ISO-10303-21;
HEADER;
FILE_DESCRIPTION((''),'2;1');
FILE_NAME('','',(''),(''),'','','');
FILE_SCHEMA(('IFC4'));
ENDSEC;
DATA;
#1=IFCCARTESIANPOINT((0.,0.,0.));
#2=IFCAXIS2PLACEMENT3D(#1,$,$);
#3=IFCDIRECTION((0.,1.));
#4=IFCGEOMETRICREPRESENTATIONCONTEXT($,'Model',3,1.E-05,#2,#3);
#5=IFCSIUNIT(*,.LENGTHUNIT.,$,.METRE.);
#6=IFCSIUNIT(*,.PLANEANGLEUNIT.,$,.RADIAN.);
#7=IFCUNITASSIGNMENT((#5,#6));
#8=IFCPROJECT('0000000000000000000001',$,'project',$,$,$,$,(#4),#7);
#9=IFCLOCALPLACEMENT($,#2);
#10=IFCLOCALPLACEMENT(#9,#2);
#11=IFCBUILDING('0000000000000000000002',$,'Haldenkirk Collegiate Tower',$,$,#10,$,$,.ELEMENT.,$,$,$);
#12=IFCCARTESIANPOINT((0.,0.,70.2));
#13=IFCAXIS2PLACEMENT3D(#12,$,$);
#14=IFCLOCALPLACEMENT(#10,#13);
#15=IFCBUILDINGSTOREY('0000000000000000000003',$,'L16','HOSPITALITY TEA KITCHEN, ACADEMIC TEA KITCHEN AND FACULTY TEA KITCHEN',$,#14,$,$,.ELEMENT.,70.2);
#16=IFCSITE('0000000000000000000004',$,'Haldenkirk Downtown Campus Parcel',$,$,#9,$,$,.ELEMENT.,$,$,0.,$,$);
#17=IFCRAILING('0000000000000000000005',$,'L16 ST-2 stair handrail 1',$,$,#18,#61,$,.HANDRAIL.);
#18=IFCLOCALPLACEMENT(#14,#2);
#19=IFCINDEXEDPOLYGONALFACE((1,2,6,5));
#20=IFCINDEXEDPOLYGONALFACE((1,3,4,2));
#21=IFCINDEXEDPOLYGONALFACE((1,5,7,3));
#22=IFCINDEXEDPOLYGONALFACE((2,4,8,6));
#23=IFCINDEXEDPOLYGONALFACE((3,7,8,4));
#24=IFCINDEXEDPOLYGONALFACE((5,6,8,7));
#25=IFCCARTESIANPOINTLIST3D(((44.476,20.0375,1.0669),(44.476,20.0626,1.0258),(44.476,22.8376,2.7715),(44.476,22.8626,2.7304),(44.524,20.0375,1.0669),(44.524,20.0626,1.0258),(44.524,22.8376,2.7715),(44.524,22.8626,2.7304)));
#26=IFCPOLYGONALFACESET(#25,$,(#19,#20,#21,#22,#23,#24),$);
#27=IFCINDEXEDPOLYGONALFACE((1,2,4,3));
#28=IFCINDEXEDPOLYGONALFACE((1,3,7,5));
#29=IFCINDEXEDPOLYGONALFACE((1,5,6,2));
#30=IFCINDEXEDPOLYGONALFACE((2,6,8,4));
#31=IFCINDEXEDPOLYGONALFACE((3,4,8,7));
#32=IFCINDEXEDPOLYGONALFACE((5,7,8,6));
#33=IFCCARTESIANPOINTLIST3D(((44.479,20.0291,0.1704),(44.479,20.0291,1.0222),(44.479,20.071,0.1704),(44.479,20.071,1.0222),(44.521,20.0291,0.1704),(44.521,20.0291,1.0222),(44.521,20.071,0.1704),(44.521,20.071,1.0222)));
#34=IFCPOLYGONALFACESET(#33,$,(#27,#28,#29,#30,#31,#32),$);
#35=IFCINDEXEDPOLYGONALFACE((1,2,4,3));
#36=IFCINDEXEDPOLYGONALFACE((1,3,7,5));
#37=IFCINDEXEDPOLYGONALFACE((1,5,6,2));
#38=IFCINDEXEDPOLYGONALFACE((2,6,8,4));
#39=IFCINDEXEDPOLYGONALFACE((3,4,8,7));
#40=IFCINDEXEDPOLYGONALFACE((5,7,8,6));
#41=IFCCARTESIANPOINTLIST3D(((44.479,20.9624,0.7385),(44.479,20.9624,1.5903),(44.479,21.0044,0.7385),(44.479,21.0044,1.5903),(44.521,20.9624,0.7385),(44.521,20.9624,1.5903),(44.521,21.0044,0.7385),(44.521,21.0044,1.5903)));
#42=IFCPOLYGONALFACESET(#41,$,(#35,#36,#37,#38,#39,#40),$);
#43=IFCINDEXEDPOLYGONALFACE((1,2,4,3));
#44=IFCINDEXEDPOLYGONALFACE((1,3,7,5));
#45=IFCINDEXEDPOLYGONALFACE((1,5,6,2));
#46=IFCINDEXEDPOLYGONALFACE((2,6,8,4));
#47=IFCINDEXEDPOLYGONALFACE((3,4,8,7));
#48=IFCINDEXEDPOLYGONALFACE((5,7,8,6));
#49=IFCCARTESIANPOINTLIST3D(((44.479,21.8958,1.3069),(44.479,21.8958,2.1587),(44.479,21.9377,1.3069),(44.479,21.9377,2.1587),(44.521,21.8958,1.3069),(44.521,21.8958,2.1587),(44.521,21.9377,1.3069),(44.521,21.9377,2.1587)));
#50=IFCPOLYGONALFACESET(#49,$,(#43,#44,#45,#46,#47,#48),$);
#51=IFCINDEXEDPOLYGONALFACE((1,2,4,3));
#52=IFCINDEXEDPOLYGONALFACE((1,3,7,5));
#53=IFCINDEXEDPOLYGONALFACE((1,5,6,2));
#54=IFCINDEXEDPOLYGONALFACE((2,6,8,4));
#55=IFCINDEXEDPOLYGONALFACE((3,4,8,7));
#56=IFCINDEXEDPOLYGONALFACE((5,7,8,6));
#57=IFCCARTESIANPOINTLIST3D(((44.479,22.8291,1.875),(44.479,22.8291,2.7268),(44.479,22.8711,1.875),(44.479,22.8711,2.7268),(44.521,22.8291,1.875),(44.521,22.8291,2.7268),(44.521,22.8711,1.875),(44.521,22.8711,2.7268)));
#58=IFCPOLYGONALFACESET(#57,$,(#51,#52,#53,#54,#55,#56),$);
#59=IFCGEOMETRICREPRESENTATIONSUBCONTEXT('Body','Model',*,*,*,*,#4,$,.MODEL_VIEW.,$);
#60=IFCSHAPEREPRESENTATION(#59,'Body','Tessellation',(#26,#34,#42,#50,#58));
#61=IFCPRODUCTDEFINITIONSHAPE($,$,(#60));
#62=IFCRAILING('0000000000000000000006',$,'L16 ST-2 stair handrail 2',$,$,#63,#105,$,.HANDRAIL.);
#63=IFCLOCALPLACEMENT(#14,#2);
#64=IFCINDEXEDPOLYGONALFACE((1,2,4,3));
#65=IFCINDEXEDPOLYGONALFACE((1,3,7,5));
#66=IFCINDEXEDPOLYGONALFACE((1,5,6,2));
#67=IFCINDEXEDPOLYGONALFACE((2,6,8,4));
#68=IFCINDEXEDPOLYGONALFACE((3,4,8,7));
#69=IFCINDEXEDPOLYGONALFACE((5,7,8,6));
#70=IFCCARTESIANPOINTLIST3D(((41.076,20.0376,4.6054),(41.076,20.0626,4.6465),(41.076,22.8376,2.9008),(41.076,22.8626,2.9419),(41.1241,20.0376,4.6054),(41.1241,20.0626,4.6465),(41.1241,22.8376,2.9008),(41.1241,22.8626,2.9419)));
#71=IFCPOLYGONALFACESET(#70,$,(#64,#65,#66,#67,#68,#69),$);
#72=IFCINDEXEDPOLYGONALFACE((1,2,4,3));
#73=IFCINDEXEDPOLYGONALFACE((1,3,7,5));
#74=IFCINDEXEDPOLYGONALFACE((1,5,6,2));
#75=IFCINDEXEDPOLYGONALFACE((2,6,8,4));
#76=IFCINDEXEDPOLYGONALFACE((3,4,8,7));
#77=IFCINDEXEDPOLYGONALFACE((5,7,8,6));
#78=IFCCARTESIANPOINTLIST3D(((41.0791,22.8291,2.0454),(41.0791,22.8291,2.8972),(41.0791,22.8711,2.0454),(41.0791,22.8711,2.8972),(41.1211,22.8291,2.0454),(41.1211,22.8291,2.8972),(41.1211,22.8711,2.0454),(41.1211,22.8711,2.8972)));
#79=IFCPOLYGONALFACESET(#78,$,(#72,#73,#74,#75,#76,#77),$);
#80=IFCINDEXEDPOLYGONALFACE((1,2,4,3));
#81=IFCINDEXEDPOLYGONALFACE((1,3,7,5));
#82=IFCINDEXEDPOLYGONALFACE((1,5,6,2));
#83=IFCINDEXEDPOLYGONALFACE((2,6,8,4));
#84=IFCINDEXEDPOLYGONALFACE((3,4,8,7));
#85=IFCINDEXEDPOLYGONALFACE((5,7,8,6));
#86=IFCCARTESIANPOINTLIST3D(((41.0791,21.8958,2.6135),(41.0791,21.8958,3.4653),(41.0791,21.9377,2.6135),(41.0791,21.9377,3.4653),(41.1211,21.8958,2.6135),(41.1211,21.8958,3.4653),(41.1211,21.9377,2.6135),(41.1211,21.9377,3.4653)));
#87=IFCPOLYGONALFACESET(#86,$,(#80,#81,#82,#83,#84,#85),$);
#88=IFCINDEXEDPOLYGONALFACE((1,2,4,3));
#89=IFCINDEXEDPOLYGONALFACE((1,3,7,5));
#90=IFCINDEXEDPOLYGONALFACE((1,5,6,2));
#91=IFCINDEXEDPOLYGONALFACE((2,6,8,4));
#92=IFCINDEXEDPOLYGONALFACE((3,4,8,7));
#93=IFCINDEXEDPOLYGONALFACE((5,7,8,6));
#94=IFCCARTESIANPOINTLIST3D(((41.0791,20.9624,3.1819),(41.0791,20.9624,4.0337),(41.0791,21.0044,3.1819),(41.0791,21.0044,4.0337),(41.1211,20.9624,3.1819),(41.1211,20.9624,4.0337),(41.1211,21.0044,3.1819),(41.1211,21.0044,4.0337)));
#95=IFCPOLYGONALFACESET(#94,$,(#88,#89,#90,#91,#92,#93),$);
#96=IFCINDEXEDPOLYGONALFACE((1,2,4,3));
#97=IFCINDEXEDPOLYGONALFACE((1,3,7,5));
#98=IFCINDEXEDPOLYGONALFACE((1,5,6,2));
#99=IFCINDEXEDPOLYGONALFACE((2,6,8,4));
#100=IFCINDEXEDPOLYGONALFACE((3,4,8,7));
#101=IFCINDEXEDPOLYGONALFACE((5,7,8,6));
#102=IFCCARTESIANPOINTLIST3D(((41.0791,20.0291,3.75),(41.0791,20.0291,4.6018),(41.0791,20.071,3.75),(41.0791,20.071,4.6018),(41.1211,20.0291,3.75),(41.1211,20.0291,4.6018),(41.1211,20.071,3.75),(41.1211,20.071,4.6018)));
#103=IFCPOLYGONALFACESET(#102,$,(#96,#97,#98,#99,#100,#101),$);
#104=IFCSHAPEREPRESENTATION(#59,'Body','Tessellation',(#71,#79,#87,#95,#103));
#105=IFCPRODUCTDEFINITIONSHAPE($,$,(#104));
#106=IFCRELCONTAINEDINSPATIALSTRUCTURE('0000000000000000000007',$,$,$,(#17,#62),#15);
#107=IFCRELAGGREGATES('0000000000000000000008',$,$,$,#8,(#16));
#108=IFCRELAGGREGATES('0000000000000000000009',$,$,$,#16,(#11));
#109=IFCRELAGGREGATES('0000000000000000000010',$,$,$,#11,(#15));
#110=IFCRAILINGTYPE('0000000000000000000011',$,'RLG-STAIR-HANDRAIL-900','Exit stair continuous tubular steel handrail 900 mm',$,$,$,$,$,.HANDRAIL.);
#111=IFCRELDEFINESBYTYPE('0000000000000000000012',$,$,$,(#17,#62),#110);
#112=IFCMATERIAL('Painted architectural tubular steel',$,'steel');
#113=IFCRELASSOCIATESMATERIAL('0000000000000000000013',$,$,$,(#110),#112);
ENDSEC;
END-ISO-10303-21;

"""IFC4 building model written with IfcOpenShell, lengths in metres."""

from ifc_helpers import new_model, si_unit, direction, frame, origin, origin_2d, place, context, subcontext, project, spatial, rectangle, extrude, material, type_object, element, save


model = new_model("IFC4")

# Units and contexts
model_context = context("Model", 3, precision=1e-05, world=origin(), true_north=direction((0.0, 1.0)))
body_context = subcontext(model_context, "Body", "Model", "MODEL_VIEW")
ifc_project = project(units=[si_unit("LENGTHUNIT", "METRE"), si_unit("PLANEANGLEUNIT", "RADIAN")], contexts=[model_context])

# Site, building, storey
site_placement = place(None, origin())
site = spatial("IfcSite", under=ifc_project, at=site_placement, Name="Haldenkirk Downtown Campus Parcel", CompositionType="ELEMENT", RefElevation=0.0)
building_placement = place(site_placement, origin())
building = spatial("IfcBuilding", under=site, at=building_placement, Name="Haldenkirk Collegiate Tower", CompositionType="ELEMENT")
storey_placement = place(building_placement, frame((0.0, 0.0, 70.2)))
storey = spatial("IfcBuildingStorey", under=building, at=storey_placement, Name="L16", Description="HOSPITALITY TEA KITCHEN, ACADEMIC TEA KITCHEN AND FACULTY TEA KITCHEN", CompositionType="ELEMENT", Elevation=70.2)

# Railings
ifc_material_1 = material(Name="Painted architectural tubular steel", Category="steel")
railing_type_1 = type_object("IfcRailingType", Name="RLG-STAIR-HANDRAIL-900", Description="Exit stair continuous tubular steel handrail 900 mm", PredefinedType="HANDRAIL", material=ifc_material_1)
railing_1_placement = place(storey_placement, frame((44.5, 20.05, 0.1704)))
element("IfcRailing", 1, at=railing_1_placement, inside=storey, type_object=railing_type_1, Name="L16 ST-2 stair handrail 1", PredefinedType="HANDRAIL", context=body_context, shape_type="SweptSolid", body=[
    extrude(rectangle(XDim=0.0481, YDim=0.0481, at=origin_2d()), frame((0.0, 0.0, 0.876), z_axis=(0.0, 0.85417, 0.519994), x_axis=(-1.0, 0.0, 0.0)), (0.0, 0.0, 1.0), 3.2781),
    extrude(rectangle(XDim=0.042, YDim=0.042, at=origin_2d()), origin(), (0.0, 0.0, 1.0), 0.8518),
    extrude(rectangle(XDim=0.042, YDim=0.042, at=origin_2d()), frame((0.0, 0.9333, 0.5681)), (0.0, 0.0, 1.0), 0.8518),
    extrude(rectangle(XDim=0.042, YDim=0.042, at=origin_2d()), frame((0.0, 1.8667, 1.1365)), (0.0, 0.0, 1.0), 0.8518),
    extrude(rectangle(XDim=0.042, YDim=0.042, at=origin_2d()), frame((0.0, 2.8, 1.7046)), (0.0, 0.0, 1.0), 0.8518),
])
railing_2_placement = place(storey_placement, frame((41.1001, 22.8501, 2.0454)))
element("IfcRailing", 2, at=railing_2_placement, inside=storey, type_object=railing_type_1, Name="L16 ST-2 stair handrail 2", PredefinedType="HANDRAIL", context=body_context, shape_type="SweptSolid", body=[
    extrude(rectangle(XDim=0.0481, YDim=0.0481, at=origin_2d()), frame((0.0, 0.0, 0.876), z_axis=(0.0, -0.85417, 0.519994), x_axis=(1.0, 0.0, 0.0)), (0.0, 0.0, 1.0), 3.2781),
    extrude(rectangle(XDim=0.042, YDim=0.042, at=origin_2d()), origin(), (0.0, 0.0, 1.0), 0.8518),
    extrude(rectangle(XDim=0.042, YDim=0.042, at=origin_2d()), frame((0.0, -0.9333, 0.5681)), (0.0, 0.0, 1.0), 0.8518),
    extrude(rectangle(XDim=0.042, YDim=0.042, at=origin_2d()), frame((0.0, -1.8667, 1.1365)), (0.0, 0.0, 1.0), 0.8518),
    extrude(rectangle(XDim=0.042, YDim=0.042, at=origin_2d()), frame((0.0, -2.8, 1.7046)), (0.0, 0.0, 1.0), 0.8518),
])

save(model, "model.ifc")
